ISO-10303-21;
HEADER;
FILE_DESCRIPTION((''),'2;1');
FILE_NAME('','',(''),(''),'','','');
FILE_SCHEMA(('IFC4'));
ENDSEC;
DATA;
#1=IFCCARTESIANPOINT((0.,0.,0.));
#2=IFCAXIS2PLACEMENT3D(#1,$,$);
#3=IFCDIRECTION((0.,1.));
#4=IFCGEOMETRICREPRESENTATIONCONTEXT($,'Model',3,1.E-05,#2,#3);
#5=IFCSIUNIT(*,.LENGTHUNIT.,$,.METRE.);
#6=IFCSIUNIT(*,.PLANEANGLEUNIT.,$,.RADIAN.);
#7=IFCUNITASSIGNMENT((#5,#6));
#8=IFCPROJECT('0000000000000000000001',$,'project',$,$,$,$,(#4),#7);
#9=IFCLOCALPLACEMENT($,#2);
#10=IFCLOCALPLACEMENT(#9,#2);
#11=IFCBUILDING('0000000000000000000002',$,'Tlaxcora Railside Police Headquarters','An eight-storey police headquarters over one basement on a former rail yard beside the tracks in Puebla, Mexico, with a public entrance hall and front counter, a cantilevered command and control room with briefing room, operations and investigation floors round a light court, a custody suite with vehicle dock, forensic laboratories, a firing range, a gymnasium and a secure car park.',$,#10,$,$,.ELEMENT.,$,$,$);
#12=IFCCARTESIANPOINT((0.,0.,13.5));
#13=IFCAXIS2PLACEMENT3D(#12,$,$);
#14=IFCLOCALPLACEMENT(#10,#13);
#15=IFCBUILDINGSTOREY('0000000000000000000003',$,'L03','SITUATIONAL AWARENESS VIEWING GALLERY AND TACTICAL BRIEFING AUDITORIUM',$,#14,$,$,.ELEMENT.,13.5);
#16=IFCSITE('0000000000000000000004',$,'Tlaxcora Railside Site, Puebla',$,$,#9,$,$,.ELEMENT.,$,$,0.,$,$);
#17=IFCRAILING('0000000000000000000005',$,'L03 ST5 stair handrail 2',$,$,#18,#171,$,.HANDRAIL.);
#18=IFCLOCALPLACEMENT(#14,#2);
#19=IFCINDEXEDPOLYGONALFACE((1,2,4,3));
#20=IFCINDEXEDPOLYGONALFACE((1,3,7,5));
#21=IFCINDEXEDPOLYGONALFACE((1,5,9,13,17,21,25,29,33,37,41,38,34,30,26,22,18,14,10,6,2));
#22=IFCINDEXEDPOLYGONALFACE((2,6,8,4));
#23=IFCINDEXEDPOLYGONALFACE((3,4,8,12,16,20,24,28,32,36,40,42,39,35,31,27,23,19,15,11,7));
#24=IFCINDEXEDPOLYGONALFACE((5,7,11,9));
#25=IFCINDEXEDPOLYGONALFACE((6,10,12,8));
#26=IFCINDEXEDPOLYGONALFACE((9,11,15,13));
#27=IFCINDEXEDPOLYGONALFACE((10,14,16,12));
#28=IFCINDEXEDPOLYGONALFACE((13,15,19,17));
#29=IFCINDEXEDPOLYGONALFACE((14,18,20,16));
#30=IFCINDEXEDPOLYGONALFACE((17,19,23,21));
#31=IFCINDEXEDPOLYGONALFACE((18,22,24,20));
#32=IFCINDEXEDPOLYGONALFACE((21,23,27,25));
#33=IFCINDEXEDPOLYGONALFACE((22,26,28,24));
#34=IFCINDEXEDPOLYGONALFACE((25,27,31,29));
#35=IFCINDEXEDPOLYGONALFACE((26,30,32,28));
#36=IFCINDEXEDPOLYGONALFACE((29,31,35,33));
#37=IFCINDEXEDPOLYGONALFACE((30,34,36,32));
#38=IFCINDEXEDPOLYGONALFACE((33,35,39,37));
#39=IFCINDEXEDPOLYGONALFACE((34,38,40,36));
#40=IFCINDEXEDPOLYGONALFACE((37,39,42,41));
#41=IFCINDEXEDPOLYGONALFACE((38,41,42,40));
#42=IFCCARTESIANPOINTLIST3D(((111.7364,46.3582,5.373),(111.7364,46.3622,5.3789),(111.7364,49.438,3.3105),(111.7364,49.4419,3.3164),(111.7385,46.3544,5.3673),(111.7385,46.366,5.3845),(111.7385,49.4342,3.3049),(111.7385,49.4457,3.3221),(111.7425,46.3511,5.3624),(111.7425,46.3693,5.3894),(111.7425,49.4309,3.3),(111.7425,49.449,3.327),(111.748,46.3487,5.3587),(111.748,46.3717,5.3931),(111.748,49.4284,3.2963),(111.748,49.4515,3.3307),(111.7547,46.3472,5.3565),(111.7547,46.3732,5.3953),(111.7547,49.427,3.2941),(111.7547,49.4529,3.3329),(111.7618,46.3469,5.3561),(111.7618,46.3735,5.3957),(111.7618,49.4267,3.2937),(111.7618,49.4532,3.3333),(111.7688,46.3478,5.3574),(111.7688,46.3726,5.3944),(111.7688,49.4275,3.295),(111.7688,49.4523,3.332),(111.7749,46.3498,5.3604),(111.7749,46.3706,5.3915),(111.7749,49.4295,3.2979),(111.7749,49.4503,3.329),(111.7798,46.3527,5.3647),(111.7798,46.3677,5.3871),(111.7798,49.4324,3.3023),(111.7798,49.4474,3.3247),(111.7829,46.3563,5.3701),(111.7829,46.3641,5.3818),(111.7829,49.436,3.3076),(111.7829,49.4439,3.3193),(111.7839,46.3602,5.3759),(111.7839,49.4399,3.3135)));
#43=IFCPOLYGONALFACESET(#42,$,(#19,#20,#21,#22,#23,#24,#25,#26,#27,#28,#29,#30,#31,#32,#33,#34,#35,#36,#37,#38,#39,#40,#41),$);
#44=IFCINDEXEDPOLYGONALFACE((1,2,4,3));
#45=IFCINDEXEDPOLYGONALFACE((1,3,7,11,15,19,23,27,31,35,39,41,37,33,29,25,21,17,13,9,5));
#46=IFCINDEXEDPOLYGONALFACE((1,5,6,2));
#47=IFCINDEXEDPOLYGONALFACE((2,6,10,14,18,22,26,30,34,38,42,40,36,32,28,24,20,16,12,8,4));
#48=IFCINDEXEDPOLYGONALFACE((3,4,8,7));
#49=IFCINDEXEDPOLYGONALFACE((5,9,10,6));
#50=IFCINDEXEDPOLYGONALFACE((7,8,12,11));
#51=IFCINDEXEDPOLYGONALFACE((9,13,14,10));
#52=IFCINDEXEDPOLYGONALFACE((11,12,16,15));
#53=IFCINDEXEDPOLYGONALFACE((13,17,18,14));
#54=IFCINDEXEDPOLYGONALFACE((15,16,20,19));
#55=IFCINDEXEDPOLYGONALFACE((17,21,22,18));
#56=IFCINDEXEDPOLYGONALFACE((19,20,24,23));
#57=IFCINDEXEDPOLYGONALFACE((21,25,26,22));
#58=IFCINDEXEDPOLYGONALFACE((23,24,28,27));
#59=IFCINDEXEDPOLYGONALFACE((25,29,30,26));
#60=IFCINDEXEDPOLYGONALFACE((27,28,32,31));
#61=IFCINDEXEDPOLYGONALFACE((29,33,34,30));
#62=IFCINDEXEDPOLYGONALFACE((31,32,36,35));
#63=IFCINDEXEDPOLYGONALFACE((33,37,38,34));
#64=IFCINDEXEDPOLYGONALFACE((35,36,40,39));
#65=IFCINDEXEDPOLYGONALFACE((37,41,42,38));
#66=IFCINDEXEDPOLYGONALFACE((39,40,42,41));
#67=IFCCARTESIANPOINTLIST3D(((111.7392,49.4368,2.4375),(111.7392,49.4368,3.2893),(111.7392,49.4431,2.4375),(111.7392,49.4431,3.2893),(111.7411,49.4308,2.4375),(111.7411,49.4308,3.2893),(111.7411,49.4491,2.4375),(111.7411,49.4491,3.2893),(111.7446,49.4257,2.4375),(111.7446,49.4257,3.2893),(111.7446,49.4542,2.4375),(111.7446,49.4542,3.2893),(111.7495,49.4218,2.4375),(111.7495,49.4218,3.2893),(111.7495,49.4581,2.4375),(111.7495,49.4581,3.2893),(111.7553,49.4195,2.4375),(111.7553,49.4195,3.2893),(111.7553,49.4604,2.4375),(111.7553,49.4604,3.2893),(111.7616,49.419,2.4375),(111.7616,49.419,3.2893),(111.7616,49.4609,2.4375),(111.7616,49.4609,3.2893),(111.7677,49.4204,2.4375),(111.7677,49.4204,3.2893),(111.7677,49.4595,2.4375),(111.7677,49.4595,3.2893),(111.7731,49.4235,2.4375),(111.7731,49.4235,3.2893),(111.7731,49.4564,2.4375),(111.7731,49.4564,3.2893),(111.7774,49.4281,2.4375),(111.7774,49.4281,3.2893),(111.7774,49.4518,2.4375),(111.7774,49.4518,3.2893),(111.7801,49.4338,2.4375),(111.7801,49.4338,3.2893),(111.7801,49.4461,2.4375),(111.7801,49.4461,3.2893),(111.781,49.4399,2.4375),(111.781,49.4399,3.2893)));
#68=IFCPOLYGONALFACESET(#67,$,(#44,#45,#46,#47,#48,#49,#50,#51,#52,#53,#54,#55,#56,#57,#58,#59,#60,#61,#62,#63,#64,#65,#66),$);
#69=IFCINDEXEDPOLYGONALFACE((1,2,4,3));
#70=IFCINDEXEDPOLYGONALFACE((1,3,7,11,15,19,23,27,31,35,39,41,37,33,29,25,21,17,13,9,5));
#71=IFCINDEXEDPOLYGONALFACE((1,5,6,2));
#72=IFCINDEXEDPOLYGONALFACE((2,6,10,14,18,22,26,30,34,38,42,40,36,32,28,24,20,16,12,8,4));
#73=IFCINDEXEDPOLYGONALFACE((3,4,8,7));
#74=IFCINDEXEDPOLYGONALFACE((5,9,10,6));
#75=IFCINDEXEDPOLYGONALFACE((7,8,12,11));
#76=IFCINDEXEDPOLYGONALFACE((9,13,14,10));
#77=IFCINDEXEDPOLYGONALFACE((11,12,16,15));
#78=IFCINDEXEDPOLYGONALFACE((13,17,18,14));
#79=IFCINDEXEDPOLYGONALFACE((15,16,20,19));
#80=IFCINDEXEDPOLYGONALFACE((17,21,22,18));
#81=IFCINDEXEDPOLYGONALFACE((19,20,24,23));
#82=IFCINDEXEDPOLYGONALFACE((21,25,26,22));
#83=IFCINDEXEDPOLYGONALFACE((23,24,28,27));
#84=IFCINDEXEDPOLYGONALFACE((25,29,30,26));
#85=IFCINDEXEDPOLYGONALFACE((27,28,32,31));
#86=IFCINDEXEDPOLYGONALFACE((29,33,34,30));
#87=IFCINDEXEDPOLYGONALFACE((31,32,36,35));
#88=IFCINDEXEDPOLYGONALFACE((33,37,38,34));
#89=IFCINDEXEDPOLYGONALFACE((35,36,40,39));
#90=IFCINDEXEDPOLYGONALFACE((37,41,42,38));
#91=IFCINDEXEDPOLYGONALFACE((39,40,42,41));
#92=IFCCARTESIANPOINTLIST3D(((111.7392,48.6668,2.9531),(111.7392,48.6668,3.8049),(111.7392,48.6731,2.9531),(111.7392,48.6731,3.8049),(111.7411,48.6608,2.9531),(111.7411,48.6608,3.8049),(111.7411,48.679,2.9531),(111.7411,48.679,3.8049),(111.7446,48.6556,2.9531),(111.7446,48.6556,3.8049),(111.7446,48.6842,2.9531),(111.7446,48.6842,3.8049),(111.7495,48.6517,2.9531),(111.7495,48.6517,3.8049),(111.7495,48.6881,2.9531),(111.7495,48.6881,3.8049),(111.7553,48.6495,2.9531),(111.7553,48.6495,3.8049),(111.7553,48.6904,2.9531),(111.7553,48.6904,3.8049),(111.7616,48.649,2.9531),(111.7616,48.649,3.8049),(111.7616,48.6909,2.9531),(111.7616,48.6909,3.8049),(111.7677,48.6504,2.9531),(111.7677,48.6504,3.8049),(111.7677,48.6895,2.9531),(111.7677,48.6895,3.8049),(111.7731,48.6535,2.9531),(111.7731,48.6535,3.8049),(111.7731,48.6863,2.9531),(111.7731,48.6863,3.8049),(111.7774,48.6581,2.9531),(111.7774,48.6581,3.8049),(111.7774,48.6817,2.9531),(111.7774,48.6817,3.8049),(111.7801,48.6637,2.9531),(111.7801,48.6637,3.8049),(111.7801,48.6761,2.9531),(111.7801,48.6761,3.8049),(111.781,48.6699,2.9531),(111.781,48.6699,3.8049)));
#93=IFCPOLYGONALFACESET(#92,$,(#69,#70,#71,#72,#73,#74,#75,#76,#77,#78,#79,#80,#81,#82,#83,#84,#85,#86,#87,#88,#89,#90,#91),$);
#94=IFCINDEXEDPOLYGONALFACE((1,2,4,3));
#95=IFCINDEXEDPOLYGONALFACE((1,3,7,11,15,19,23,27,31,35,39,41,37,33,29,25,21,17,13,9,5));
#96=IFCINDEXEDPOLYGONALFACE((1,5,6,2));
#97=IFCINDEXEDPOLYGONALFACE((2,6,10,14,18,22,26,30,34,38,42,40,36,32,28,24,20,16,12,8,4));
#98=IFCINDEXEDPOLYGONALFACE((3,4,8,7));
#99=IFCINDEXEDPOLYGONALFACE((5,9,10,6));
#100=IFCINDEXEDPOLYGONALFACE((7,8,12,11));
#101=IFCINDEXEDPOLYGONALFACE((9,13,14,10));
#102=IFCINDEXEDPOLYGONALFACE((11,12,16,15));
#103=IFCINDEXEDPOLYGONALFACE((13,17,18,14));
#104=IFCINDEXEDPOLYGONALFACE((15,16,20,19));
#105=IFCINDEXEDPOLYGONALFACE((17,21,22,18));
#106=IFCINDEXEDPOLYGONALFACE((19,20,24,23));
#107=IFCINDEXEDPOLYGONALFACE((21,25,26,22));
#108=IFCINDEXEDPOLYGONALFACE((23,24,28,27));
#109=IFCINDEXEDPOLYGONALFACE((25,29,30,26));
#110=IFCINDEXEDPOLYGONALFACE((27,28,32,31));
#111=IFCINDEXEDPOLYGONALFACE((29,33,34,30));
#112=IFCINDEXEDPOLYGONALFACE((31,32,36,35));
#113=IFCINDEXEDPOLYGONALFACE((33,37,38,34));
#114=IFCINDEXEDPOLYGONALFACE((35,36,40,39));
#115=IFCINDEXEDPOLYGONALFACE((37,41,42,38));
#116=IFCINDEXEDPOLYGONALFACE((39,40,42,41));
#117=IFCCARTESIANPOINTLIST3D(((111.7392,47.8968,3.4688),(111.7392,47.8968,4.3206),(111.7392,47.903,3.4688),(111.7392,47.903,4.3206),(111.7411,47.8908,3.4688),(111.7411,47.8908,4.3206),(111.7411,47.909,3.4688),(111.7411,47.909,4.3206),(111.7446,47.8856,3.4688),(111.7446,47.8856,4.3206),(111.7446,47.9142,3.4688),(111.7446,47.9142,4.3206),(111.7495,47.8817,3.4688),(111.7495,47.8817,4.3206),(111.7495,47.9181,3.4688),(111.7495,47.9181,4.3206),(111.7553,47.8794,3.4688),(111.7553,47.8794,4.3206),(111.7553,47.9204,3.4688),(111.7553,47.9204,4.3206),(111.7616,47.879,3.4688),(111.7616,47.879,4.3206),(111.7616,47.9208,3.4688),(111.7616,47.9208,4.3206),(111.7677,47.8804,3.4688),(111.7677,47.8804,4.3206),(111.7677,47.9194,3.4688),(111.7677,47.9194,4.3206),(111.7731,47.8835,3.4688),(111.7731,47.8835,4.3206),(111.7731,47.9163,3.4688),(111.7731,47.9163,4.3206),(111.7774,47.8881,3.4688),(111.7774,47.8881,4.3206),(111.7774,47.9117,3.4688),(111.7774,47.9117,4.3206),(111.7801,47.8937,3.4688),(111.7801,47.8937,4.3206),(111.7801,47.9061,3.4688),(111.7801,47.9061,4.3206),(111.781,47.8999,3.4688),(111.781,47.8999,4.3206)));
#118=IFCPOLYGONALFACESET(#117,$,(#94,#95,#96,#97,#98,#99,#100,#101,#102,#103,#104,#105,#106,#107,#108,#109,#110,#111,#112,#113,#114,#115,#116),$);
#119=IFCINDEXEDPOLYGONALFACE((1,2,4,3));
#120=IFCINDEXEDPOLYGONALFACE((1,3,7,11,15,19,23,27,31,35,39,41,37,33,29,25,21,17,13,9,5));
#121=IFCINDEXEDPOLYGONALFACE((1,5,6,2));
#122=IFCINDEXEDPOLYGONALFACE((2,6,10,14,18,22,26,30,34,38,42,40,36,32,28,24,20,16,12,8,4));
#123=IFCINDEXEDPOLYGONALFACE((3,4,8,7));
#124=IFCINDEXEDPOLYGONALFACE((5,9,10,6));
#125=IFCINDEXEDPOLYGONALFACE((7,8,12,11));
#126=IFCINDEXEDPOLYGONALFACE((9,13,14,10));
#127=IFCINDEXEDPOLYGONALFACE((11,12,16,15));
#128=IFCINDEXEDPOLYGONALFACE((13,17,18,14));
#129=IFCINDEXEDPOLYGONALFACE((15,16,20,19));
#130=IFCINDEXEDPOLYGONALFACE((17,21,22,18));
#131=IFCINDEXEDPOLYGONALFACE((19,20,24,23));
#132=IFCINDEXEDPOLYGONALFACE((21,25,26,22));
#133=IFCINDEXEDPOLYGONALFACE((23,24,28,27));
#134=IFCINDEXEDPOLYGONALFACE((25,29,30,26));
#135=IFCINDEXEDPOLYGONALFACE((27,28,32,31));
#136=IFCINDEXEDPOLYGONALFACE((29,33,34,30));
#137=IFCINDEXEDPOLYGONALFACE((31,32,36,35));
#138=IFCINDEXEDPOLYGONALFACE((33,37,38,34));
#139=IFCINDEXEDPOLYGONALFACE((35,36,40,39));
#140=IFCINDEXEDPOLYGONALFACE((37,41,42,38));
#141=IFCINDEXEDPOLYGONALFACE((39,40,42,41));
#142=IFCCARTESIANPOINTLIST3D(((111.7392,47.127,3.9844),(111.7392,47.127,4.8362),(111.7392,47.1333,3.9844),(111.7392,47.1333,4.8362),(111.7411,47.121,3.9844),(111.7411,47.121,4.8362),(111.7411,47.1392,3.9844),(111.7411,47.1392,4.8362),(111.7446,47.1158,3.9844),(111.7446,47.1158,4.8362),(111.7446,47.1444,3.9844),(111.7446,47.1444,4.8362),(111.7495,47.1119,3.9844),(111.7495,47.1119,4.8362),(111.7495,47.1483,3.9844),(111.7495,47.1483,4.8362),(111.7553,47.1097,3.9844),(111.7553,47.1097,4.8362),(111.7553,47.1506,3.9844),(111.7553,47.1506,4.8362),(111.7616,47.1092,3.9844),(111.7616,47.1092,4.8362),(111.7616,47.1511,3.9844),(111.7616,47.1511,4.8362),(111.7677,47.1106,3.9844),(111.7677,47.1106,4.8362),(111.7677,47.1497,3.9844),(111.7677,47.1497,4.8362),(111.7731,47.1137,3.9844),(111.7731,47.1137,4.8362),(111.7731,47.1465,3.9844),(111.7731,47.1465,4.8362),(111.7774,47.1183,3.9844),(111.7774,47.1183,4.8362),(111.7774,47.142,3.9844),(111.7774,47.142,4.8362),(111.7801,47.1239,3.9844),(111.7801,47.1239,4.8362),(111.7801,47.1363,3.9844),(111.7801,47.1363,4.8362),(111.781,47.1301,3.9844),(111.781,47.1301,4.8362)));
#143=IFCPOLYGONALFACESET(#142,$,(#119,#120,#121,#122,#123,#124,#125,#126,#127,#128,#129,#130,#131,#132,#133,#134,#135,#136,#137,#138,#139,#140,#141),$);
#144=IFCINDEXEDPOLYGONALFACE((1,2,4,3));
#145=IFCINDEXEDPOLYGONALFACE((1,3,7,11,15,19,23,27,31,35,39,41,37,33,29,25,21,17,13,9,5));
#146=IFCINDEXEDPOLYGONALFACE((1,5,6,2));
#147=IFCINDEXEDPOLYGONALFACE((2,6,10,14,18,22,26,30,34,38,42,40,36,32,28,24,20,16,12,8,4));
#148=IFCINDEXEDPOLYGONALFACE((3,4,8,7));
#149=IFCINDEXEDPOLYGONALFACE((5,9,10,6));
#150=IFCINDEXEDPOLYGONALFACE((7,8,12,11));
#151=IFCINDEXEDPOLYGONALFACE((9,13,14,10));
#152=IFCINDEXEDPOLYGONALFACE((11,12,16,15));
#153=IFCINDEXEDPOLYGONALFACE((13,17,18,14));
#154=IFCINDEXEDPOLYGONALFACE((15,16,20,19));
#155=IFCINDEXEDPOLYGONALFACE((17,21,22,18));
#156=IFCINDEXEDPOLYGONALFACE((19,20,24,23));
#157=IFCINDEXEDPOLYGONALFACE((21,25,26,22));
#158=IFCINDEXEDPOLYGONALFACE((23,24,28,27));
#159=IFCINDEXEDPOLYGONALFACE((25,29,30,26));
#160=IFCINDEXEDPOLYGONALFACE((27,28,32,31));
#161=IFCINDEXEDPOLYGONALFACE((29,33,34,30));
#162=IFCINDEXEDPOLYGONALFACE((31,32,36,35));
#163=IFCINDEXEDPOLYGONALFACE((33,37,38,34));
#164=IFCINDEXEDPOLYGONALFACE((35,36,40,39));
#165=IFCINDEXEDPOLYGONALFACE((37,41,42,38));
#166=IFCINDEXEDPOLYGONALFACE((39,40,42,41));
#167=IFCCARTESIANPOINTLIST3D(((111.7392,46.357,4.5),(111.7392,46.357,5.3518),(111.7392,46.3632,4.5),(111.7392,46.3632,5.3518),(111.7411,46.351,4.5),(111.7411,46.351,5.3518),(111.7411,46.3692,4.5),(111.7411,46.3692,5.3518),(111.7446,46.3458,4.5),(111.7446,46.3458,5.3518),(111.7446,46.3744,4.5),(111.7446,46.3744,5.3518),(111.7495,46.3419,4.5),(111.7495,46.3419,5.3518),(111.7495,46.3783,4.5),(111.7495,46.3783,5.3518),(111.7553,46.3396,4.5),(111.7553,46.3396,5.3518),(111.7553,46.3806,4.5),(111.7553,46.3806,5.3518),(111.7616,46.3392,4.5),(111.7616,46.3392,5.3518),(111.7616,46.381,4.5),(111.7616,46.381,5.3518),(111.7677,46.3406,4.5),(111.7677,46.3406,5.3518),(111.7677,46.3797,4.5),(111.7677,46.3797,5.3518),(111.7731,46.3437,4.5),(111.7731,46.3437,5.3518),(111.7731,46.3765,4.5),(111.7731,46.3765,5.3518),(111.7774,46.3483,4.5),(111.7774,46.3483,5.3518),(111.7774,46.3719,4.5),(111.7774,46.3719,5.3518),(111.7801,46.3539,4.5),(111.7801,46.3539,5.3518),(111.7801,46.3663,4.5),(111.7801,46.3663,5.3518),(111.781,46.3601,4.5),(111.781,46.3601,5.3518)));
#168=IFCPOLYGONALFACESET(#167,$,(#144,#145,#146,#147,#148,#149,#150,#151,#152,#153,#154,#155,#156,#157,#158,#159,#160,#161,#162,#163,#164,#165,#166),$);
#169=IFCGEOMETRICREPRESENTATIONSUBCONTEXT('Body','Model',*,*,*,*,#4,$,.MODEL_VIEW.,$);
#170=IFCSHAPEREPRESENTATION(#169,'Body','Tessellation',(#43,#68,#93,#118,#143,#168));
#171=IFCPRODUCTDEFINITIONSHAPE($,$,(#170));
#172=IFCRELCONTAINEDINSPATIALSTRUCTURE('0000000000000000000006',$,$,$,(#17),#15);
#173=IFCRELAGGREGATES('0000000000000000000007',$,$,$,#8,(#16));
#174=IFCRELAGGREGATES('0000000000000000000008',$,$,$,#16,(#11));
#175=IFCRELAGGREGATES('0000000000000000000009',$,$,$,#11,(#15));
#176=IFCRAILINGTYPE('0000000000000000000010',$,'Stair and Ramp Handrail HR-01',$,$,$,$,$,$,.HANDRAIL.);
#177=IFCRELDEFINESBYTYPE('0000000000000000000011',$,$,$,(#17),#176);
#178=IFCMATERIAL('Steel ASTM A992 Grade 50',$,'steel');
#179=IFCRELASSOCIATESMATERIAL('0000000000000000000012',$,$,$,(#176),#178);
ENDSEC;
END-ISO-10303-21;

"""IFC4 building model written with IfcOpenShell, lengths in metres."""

from ifc_helpers import new_model, si_unit, direction, frame, origin, origin_2d, place, context, subcontext, project, spatial, circle, extrude, material, type_object, element, save


model = new_model("IFC4")

# Units and contexts
model_context = context("Model", 3, precision=1e-05, world=origin(), true_north=direction((0.0, 1.0)))
body_context = subcontext(model_context, "Body", "Model", "MODEL_VIEW")
ifc_project = project(units=[si_unit("LENGTHUNIT", "METRE"), si_unit("PLANEANGLEUNIT", "RADIAN")], contexts=[model_context])

# Site, building, storey
site_placement = place(None, origin())
site = spatial("IfcSite", under=ifc_project, at=site_placement, Name="Tlaxcora Railside Site, Puebla", CompositionType="ELEMENT", RefElevation=0.0)
building_placement = place(site_placement, origin())
building = spatial("IfcBuilding", under=site, at=building_placement, Name="Tlaxcora Railside Police Headquarters", Description="An eight-storey police headquarters over one basement on a former rail yard beside the tracks in Puebla, Mexico, with a public entrance hall and front counter, a cantilevered command and control room with briefing room, operations and investigation floors round a light court, a custody suite with vehicle dock, forensic laboratories, a firing range, a gymnasium and a secure car park.", CompositionType="ELEMENT")
storey_placement = place(building_placement, frame((0.0, 0.0, 13.5)))
storey = spatial("IfcBuildingStorey", under=building, at=storey_placement, Name="L03", Description="SITUATIONAL AWARENESS VIEWING GALLERY AND TACTICAL BRIEFING AUDITORIUM", CompositionType="ELEMENT", Elevation=13.5)

# Shared definitions
ifc_material_1 = material(Name="Steel ASTM A992 Grade 50", Category="steel")

# Railing
railing_type_1 = type_object("IfcRailingType", Name="Stair and Ramp Handrail HR-01", PredefinedType="HANDRAIL", material=ifc_material_1)
railing_1_placement = place(storey_placement, frame((111.76, 49.4399, 2.4375)))
element("IfcRailing", 1, at=railing_1_placement, inside=storey, type_object=railing_type_1, Name="L03 ST5 stair handrail 2", PredefinedType="HANDRAIL", context=body_context, shape_type="SweptSolid", body=[
    extrude(circle(Radius=0.0239, at=origin_2d()), frame((0.0, 0.0, 0.876), z_axis=(0.0, -0.830893, 0.556432), x_axis=(1.0, 0.0, 0.0)), (0.0, 0.0, 1.0), 3.7065),
    extrude(circle(Radius=0.021, at=origin_2d()), origin(), (0.0, 0.0, 1.0), 0.8518),
    extrude(circle(Radius=0.021, at=origin_2d()), frame((0.0, -0.77, 0.5156)), (0.0, 0.0, 1.0), 0.8518),
    extrude(circle(Radius=0.021, at=origin_2d()), frame((0.0, -1.54, 1.0312)), (0.0, 0.0, 1.0), 0.8518),
    extrude(circle(Radius=0.021, at=origin_2d()), frame((0.0, -2.3098, 1.5469)), (0.0, 0.0, 1.0), 0.8518),
    extrude(circle(Radius=0.021, at=origin_2d()), frame((0.0, -3.0798, 2.0625)), (0.0, 0.0, 1.0), 0.8518),
])

save(model, "model.ifc")
